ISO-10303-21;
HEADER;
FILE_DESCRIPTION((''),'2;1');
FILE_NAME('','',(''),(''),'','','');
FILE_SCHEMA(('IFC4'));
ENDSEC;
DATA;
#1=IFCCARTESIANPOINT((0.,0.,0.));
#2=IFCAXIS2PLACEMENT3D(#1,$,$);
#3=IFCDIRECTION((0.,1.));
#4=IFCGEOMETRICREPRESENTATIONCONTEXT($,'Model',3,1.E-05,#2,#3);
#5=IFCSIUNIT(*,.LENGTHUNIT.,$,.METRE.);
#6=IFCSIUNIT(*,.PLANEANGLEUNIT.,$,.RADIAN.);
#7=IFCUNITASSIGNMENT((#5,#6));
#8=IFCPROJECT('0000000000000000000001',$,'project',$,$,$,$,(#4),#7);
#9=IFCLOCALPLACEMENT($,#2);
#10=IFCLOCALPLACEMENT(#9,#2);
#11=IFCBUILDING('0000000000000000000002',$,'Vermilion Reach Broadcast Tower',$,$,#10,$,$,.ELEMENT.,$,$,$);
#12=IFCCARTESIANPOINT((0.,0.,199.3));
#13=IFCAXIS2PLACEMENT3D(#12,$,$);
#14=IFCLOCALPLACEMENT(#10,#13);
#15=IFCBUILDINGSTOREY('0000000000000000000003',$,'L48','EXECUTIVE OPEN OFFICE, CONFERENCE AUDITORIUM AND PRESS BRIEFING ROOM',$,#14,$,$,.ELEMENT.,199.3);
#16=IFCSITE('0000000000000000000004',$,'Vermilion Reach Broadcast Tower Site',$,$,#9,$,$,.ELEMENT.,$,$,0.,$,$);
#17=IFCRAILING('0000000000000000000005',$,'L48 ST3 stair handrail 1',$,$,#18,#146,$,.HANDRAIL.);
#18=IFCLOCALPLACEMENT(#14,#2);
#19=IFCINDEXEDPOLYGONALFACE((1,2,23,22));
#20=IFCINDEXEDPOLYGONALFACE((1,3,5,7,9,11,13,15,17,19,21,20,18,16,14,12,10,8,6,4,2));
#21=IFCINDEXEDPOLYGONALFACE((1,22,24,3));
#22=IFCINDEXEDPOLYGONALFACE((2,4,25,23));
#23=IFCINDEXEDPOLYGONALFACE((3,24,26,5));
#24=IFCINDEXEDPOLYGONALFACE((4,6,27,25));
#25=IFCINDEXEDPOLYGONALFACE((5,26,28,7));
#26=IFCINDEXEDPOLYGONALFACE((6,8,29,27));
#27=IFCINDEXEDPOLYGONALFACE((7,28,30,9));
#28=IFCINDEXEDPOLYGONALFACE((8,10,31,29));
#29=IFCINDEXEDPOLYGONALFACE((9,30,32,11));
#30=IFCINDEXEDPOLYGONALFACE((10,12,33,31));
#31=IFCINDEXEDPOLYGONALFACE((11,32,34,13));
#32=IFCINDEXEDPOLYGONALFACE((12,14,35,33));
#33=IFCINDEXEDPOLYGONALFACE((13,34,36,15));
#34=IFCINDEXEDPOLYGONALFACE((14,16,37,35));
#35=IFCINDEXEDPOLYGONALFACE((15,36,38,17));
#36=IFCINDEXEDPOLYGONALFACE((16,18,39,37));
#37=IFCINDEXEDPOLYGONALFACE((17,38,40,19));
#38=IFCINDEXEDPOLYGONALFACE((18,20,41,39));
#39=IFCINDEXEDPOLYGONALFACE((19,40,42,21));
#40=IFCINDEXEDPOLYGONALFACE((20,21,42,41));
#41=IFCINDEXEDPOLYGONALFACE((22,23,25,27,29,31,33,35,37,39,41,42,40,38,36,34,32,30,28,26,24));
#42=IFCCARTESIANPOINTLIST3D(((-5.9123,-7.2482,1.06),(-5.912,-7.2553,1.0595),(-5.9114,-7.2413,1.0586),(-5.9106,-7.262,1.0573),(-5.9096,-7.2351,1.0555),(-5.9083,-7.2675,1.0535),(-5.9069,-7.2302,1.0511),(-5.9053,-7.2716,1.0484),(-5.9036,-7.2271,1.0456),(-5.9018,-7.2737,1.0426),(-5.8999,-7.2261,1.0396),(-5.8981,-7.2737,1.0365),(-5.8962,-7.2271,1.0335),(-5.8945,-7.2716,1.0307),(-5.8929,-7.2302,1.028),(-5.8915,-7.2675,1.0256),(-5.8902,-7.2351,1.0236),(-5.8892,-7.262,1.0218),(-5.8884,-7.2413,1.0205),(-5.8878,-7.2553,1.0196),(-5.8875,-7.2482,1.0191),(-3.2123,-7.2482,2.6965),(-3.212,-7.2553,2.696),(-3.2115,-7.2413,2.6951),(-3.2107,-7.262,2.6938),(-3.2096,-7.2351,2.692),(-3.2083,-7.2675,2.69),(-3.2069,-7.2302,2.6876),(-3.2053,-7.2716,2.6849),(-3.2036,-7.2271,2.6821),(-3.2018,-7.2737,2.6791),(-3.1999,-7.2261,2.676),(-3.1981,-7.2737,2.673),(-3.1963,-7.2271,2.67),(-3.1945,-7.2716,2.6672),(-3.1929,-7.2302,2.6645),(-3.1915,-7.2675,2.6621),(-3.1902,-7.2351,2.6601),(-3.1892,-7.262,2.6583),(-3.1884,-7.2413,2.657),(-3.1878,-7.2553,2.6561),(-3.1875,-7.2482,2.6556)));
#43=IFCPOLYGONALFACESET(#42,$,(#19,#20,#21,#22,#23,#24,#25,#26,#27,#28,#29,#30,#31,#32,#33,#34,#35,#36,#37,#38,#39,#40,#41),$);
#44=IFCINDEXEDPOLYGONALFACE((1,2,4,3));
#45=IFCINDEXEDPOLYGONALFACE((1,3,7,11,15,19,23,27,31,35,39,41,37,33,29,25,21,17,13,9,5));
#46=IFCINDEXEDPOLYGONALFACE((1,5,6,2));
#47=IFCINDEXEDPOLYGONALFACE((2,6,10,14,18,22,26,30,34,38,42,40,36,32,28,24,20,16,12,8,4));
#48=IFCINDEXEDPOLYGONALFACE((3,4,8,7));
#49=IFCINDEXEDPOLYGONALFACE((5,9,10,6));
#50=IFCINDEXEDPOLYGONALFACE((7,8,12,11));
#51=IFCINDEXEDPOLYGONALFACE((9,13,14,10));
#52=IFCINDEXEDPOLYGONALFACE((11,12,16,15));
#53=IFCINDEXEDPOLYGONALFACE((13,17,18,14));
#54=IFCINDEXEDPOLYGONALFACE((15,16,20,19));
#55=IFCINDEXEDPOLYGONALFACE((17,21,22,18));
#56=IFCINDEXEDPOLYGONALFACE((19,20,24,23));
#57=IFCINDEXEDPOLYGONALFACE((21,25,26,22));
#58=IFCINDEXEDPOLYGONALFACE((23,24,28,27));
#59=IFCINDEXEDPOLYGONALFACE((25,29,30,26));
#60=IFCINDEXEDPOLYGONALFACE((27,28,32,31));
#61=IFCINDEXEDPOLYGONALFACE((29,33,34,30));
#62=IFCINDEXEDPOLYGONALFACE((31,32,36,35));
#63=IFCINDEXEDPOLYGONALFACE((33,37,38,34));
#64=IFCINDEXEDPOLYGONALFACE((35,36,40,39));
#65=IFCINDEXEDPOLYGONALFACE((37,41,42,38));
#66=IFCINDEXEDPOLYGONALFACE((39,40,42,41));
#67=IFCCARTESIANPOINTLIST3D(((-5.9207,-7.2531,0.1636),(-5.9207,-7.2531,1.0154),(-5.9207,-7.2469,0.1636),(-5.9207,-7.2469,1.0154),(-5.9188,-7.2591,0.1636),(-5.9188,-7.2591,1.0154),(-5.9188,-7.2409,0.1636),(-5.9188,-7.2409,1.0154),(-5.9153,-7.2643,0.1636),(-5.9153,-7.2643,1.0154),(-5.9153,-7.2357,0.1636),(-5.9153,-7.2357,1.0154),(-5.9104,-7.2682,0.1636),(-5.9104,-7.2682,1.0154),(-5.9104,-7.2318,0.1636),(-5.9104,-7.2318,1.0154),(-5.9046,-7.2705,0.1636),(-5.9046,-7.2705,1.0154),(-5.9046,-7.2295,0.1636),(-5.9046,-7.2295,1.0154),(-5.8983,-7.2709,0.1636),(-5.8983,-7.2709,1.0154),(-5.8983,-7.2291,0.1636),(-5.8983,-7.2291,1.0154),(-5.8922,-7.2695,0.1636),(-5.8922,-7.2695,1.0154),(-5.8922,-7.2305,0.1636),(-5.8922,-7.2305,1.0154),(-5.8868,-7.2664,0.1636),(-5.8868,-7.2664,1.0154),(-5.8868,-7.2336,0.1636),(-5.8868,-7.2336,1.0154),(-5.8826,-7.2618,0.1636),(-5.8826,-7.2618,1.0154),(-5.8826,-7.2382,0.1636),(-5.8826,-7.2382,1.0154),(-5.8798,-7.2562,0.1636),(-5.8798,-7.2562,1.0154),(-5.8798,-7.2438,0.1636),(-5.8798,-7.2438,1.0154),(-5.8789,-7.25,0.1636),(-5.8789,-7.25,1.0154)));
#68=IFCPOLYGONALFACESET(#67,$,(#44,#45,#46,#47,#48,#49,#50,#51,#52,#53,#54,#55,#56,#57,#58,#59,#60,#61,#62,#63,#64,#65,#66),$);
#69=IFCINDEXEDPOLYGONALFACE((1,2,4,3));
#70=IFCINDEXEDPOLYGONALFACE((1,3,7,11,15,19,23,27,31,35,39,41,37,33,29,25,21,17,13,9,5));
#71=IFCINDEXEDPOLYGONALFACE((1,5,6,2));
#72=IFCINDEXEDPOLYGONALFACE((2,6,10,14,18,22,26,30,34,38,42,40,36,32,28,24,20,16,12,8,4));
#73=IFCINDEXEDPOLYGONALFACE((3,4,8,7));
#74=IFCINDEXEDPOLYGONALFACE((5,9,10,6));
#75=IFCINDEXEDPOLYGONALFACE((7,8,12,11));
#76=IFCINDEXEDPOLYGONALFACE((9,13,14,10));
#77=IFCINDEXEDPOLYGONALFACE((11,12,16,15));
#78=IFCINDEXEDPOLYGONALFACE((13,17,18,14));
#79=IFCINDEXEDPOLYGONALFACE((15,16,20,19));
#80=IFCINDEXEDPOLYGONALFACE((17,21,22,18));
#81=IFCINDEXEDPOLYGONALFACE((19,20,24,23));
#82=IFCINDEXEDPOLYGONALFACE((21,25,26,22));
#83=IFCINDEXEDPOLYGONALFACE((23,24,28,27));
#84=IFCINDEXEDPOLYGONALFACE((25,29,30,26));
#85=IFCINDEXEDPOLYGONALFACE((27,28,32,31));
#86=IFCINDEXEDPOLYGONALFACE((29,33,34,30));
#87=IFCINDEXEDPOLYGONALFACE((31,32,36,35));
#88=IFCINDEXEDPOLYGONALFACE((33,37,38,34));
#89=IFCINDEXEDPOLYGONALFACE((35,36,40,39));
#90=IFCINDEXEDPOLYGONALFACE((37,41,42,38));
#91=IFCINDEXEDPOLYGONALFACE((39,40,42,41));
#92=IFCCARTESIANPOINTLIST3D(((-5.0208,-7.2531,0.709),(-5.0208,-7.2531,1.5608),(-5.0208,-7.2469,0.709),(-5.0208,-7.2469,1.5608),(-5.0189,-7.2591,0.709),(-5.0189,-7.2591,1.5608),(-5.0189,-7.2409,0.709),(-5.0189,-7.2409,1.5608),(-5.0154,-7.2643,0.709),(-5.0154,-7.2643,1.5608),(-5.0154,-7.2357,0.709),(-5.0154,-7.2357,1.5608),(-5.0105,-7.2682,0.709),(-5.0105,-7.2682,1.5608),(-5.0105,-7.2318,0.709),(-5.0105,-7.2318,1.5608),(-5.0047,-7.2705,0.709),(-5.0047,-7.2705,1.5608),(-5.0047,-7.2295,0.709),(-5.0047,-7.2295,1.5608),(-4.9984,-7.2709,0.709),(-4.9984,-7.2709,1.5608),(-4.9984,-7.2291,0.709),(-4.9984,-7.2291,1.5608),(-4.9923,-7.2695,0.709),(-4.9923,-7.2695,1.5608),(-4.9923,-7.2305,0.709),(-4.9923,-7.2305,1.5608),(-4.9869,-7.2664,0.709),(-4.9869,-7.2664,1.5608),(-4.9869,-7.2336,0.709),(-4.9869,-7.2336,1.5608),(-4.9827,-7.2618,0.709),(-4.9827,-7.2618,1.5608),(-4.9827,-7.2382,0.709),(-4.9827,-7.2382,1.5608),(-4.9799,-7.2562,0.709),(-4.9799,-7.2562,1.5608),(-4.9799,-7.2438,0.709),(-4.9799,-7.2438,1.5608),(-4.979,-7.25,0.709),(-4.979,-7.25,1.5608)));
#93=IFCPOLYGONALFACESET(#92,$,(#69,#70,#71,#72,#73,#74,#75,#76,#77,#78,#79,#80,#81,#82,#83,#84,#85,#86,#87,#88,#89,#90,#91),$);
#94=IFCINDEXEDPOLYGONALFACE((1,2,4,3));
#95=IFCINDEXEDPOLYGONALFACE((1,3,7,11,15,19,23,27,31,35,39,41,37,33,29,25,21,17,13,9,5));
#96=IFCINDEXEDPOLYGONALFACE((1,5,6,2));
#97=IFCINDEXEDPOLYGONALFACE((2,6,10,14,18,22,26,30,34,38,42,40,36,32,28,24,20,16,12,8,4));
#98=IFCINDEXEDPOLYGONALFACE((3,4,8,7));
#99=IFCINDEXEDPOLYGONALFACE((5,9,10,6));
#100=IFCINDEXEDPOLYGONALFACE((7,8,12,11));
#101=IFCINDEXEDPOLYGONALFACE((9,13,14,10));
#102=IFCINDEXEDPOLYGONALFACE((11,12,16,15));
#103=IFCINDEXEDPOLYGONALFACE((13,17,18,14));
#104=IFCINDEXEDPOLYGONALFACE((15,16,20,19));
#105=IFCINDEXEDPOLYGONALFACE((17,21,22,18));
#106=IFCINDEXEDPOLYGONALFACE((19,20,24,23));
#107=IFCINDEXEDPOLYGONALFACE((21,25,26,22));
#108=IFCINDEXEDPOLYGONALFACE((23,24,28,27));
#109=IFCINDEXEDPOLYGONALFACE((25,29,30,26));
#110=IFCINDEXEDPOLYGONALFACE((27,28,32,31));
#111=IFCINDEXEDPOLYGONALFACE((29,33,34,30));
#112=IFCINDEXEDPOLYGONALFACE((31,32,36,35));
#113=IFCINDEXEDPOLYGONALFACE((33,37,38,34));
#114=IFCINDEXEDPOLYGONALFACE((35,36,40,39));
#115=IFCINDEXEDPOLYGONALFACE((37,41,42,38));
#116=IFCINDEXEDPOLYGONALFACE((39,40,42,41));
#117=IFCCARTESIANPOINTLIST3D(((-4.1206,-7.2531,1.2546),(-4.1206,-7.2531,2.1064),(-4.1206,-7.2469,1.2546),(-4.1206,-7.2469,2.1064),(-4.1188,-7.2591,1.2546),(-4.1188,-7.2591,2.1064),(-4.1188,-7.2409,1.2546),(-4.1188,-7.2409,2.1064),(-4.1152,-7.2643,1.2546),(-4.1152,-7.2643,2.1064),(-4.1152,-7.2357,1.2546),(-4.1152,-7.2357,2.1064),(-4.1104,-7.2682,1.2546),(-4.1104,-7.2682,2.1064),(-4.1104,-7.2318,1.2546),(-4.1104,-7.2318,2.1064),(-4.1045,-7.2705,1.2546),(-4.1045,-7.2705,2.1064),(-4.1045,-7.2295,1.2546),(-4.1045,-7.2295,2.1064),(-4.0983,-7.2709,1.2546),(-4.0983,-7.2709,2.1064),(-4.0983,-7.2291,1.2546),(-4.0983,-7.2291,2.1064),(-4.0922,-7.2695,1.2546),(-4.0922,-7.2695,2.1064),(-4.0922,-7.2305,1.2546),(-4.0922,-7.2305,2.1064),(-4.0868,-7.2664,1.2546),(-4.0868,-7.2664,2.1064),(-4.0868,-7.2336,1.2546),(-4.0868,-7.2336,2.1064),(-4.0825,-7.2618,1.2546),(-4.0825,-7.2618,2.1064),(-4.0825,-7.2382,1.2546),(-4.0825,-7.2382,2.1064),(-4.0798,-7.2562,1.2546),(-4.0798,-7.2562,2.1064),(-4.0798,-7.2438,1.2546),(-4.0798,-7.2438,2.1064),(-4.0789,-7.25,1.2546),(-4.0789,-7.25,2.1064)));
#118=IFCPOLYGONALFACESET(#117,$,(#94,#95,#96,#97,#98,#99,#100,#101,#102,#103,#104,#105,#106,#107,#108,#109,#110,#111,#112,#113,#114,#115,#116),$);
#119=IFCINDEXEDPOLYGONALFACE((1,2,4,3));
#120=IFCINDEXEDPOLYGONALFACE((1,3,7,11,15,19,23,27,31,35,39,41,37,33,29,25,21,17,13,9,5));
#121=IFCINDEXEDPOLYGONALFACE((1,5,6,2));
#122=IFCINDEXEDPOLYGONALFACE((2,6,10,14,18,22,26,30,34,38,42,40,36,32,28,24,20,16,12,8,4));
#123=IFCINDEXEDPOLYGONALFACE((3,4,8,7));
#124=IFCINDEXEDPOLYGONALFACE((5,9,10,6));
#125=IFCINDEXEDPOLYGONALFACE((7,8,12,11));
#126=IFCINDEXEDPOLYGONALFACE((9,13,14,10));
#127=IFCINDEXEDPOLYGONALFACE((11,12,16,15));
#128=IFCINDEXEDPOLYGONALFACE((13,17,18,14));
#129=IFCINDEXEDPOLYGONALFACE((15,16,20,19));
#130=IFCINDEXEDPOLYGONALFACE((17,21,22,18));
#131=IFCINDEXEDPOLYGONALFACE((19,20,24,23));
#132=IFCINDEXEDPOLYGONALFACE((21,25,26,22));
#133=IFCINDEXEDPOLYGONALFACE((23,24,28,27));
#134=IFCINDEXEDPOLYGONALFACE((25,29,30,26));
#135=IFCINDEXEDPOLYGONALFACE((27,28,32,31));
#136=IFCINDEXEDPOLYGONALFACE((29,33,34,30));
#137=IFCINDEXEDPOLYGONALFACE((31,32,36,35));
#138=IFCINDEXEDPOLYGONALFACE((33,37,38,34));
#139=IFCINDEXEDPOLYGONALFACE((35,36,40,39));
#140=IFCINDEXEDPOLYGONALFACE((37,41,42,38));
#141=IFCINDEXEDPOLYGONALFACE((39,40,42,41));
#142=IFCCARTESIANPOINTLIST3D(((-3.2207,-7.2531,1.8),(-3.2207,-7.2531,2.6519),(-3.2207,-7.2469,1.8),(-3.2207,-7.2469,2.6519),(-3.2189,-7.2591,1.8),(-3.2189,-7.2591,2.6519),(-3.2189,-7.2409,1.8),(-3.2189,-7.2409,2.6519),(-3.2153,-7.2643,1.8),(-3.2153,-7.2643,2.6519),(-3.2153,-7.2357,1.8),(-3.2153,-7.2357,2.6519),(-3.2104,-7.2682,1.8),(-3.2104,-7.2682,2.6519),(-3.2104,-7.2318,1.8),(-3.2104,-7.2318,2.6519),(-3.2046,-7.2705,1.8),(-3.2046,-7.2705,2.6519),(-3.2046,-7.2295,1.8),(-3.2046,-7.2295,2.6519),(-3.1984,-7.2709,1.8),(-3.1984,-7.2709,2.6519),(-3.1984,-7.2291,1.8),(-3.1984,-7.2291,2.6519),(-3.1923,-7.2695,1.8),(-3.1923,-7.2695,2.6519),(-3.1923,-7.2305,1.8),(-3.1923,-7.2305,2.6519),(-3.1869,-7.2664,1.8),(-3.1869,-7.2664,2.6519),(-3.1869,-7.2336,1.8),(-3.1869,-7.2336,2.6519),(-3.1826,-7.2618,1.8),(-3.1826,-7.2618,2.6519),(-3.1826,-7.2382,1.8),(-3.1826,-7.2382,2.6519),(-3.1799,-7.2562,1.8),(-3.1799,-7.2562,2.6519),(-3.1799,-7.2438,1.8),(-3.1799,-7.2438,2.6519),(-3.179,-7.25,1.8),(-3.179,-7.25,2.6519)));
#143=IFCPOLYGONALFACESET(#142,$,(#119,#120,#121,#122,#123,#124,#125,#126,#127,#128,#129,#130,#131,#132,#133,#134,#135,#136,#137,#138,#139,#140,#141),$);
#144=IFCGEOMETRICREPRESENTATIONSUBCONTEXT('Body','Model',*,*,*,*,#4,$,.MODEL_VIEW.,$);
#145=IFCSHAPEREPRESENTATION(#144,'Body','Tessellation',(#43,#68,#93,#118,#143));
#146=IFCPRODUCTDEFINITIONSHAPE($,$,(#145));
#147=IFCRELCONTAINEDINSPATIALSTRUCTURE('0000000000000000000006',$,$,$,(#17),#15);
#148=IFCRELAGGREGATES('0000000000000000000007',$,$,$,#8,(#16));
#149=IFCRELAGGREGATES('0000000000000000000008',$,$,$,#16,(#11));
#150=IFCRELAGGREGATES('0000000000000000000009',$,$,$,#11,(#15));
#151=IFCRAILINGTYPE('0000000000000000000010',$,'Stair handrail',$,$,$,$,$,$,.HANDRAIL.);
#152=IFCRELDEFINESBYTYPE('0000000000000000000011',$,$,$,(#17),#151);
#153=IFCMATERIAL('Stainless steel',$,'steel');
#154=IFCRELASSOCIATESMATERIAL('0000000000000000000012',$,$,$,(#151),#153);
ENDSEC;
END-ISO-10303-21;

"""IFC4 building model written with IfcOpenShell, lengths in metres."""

from ifc_helpers import new_model, si_unit, direction, frame, origin, origin_2d, place, context, subcontext, project, spatial, circle, extrude, material, type_object, element, save


model = new_model("IFC4")

# Units and contexts
model_context = context("Model", 3, precision=1e-05, world=origin(), true_north=direction((0.0, 1.0)))
body_context = subcontext(model_context, "Body", "Model", "MODEL_VIEW")
ifc_project = project(units=[si_unit("LENGTHUNIT", "METRE"), si_unit("PLANEANGLEUNIT", "RADIAN")], contexts=[model_context])

# Site, building, storey
site_placement = place(None, origin())
site = spatial("IfcSite", under=ifc_project, at=site_placement, Name="Vermilion Reach Broadcast Tower Site", CompositionType="ELEMENT", RefElevation=0.0)
building_placement = place(site_placement, origin())
building = spatial("IfcBuilding", under=site, at=building_placement, Name="Vermilion Reach Broadcast Tower", CompositionType="ELEMENT")
storey_placement = place(building_placement, frame((0.0, 0.0, 199.3)))
storey = spatial("IfcBuildingStorey", under=building, at=storey_placement, Name="L48", Description="EXECUTIVE OPEN OFFICE, CONFERENCE AUDITORIUM AND PRESS BRIEFING ROOM", CompositionType="ELEMENT", Elevation=199.3)

# Railing
ifc_material_1 = material(Name="Stainless steel", Category="steel")
railing_type_1 = type_object("IfcRailingType", Name="Stair handrail", PredefinedType="HANDRAIL", material=ifc_material_1)
railing_1_placement = place(storey_placement, frame((-5.8999, -7.25, 0.1636)))
element("IfcRailing", 1, at=railing_1_placement, inside=storey, type_object=railing_type_1, Name="L48 ST3 stair handrail 1", PredefinedType="HANDRAIL", context=body_context, shape_type="SweptSolid", body=[
    extrude(circle(Radius=0.0239, at=origin_2d()), frame((0.0, 0.0, 0.876), z_axis=(0.855178, 0.0, 0.518334), x_axis=(0.0, 1.0, 0.0)), (0.0, 0.0, 1.0), 3.1572),
    extrude(circle(Radius=0.021, at=origin_2d()), origin(), (0.0, 0.0, 1.0), 0.8518),
    extrude(circle(Radius=0.021, at=origin_2d()), frame((0.8999, 0.0, 0.5454)), (0.0, 0.0, 1.0), 0.8518),
    extrude(circle(Radius=0.021, at=origin_2d()), frame((1.8, 0.0, 1.0911)), (0.0, 0.0, 1.0), 0.8518),
    extrude(circle(Radius=0.021, at=origin_2d()), frame((2.7, 0.0, 1.6365)), (0.0, 0.0, 1.0), 0.8518),
])

save(model, "model.ifc")
